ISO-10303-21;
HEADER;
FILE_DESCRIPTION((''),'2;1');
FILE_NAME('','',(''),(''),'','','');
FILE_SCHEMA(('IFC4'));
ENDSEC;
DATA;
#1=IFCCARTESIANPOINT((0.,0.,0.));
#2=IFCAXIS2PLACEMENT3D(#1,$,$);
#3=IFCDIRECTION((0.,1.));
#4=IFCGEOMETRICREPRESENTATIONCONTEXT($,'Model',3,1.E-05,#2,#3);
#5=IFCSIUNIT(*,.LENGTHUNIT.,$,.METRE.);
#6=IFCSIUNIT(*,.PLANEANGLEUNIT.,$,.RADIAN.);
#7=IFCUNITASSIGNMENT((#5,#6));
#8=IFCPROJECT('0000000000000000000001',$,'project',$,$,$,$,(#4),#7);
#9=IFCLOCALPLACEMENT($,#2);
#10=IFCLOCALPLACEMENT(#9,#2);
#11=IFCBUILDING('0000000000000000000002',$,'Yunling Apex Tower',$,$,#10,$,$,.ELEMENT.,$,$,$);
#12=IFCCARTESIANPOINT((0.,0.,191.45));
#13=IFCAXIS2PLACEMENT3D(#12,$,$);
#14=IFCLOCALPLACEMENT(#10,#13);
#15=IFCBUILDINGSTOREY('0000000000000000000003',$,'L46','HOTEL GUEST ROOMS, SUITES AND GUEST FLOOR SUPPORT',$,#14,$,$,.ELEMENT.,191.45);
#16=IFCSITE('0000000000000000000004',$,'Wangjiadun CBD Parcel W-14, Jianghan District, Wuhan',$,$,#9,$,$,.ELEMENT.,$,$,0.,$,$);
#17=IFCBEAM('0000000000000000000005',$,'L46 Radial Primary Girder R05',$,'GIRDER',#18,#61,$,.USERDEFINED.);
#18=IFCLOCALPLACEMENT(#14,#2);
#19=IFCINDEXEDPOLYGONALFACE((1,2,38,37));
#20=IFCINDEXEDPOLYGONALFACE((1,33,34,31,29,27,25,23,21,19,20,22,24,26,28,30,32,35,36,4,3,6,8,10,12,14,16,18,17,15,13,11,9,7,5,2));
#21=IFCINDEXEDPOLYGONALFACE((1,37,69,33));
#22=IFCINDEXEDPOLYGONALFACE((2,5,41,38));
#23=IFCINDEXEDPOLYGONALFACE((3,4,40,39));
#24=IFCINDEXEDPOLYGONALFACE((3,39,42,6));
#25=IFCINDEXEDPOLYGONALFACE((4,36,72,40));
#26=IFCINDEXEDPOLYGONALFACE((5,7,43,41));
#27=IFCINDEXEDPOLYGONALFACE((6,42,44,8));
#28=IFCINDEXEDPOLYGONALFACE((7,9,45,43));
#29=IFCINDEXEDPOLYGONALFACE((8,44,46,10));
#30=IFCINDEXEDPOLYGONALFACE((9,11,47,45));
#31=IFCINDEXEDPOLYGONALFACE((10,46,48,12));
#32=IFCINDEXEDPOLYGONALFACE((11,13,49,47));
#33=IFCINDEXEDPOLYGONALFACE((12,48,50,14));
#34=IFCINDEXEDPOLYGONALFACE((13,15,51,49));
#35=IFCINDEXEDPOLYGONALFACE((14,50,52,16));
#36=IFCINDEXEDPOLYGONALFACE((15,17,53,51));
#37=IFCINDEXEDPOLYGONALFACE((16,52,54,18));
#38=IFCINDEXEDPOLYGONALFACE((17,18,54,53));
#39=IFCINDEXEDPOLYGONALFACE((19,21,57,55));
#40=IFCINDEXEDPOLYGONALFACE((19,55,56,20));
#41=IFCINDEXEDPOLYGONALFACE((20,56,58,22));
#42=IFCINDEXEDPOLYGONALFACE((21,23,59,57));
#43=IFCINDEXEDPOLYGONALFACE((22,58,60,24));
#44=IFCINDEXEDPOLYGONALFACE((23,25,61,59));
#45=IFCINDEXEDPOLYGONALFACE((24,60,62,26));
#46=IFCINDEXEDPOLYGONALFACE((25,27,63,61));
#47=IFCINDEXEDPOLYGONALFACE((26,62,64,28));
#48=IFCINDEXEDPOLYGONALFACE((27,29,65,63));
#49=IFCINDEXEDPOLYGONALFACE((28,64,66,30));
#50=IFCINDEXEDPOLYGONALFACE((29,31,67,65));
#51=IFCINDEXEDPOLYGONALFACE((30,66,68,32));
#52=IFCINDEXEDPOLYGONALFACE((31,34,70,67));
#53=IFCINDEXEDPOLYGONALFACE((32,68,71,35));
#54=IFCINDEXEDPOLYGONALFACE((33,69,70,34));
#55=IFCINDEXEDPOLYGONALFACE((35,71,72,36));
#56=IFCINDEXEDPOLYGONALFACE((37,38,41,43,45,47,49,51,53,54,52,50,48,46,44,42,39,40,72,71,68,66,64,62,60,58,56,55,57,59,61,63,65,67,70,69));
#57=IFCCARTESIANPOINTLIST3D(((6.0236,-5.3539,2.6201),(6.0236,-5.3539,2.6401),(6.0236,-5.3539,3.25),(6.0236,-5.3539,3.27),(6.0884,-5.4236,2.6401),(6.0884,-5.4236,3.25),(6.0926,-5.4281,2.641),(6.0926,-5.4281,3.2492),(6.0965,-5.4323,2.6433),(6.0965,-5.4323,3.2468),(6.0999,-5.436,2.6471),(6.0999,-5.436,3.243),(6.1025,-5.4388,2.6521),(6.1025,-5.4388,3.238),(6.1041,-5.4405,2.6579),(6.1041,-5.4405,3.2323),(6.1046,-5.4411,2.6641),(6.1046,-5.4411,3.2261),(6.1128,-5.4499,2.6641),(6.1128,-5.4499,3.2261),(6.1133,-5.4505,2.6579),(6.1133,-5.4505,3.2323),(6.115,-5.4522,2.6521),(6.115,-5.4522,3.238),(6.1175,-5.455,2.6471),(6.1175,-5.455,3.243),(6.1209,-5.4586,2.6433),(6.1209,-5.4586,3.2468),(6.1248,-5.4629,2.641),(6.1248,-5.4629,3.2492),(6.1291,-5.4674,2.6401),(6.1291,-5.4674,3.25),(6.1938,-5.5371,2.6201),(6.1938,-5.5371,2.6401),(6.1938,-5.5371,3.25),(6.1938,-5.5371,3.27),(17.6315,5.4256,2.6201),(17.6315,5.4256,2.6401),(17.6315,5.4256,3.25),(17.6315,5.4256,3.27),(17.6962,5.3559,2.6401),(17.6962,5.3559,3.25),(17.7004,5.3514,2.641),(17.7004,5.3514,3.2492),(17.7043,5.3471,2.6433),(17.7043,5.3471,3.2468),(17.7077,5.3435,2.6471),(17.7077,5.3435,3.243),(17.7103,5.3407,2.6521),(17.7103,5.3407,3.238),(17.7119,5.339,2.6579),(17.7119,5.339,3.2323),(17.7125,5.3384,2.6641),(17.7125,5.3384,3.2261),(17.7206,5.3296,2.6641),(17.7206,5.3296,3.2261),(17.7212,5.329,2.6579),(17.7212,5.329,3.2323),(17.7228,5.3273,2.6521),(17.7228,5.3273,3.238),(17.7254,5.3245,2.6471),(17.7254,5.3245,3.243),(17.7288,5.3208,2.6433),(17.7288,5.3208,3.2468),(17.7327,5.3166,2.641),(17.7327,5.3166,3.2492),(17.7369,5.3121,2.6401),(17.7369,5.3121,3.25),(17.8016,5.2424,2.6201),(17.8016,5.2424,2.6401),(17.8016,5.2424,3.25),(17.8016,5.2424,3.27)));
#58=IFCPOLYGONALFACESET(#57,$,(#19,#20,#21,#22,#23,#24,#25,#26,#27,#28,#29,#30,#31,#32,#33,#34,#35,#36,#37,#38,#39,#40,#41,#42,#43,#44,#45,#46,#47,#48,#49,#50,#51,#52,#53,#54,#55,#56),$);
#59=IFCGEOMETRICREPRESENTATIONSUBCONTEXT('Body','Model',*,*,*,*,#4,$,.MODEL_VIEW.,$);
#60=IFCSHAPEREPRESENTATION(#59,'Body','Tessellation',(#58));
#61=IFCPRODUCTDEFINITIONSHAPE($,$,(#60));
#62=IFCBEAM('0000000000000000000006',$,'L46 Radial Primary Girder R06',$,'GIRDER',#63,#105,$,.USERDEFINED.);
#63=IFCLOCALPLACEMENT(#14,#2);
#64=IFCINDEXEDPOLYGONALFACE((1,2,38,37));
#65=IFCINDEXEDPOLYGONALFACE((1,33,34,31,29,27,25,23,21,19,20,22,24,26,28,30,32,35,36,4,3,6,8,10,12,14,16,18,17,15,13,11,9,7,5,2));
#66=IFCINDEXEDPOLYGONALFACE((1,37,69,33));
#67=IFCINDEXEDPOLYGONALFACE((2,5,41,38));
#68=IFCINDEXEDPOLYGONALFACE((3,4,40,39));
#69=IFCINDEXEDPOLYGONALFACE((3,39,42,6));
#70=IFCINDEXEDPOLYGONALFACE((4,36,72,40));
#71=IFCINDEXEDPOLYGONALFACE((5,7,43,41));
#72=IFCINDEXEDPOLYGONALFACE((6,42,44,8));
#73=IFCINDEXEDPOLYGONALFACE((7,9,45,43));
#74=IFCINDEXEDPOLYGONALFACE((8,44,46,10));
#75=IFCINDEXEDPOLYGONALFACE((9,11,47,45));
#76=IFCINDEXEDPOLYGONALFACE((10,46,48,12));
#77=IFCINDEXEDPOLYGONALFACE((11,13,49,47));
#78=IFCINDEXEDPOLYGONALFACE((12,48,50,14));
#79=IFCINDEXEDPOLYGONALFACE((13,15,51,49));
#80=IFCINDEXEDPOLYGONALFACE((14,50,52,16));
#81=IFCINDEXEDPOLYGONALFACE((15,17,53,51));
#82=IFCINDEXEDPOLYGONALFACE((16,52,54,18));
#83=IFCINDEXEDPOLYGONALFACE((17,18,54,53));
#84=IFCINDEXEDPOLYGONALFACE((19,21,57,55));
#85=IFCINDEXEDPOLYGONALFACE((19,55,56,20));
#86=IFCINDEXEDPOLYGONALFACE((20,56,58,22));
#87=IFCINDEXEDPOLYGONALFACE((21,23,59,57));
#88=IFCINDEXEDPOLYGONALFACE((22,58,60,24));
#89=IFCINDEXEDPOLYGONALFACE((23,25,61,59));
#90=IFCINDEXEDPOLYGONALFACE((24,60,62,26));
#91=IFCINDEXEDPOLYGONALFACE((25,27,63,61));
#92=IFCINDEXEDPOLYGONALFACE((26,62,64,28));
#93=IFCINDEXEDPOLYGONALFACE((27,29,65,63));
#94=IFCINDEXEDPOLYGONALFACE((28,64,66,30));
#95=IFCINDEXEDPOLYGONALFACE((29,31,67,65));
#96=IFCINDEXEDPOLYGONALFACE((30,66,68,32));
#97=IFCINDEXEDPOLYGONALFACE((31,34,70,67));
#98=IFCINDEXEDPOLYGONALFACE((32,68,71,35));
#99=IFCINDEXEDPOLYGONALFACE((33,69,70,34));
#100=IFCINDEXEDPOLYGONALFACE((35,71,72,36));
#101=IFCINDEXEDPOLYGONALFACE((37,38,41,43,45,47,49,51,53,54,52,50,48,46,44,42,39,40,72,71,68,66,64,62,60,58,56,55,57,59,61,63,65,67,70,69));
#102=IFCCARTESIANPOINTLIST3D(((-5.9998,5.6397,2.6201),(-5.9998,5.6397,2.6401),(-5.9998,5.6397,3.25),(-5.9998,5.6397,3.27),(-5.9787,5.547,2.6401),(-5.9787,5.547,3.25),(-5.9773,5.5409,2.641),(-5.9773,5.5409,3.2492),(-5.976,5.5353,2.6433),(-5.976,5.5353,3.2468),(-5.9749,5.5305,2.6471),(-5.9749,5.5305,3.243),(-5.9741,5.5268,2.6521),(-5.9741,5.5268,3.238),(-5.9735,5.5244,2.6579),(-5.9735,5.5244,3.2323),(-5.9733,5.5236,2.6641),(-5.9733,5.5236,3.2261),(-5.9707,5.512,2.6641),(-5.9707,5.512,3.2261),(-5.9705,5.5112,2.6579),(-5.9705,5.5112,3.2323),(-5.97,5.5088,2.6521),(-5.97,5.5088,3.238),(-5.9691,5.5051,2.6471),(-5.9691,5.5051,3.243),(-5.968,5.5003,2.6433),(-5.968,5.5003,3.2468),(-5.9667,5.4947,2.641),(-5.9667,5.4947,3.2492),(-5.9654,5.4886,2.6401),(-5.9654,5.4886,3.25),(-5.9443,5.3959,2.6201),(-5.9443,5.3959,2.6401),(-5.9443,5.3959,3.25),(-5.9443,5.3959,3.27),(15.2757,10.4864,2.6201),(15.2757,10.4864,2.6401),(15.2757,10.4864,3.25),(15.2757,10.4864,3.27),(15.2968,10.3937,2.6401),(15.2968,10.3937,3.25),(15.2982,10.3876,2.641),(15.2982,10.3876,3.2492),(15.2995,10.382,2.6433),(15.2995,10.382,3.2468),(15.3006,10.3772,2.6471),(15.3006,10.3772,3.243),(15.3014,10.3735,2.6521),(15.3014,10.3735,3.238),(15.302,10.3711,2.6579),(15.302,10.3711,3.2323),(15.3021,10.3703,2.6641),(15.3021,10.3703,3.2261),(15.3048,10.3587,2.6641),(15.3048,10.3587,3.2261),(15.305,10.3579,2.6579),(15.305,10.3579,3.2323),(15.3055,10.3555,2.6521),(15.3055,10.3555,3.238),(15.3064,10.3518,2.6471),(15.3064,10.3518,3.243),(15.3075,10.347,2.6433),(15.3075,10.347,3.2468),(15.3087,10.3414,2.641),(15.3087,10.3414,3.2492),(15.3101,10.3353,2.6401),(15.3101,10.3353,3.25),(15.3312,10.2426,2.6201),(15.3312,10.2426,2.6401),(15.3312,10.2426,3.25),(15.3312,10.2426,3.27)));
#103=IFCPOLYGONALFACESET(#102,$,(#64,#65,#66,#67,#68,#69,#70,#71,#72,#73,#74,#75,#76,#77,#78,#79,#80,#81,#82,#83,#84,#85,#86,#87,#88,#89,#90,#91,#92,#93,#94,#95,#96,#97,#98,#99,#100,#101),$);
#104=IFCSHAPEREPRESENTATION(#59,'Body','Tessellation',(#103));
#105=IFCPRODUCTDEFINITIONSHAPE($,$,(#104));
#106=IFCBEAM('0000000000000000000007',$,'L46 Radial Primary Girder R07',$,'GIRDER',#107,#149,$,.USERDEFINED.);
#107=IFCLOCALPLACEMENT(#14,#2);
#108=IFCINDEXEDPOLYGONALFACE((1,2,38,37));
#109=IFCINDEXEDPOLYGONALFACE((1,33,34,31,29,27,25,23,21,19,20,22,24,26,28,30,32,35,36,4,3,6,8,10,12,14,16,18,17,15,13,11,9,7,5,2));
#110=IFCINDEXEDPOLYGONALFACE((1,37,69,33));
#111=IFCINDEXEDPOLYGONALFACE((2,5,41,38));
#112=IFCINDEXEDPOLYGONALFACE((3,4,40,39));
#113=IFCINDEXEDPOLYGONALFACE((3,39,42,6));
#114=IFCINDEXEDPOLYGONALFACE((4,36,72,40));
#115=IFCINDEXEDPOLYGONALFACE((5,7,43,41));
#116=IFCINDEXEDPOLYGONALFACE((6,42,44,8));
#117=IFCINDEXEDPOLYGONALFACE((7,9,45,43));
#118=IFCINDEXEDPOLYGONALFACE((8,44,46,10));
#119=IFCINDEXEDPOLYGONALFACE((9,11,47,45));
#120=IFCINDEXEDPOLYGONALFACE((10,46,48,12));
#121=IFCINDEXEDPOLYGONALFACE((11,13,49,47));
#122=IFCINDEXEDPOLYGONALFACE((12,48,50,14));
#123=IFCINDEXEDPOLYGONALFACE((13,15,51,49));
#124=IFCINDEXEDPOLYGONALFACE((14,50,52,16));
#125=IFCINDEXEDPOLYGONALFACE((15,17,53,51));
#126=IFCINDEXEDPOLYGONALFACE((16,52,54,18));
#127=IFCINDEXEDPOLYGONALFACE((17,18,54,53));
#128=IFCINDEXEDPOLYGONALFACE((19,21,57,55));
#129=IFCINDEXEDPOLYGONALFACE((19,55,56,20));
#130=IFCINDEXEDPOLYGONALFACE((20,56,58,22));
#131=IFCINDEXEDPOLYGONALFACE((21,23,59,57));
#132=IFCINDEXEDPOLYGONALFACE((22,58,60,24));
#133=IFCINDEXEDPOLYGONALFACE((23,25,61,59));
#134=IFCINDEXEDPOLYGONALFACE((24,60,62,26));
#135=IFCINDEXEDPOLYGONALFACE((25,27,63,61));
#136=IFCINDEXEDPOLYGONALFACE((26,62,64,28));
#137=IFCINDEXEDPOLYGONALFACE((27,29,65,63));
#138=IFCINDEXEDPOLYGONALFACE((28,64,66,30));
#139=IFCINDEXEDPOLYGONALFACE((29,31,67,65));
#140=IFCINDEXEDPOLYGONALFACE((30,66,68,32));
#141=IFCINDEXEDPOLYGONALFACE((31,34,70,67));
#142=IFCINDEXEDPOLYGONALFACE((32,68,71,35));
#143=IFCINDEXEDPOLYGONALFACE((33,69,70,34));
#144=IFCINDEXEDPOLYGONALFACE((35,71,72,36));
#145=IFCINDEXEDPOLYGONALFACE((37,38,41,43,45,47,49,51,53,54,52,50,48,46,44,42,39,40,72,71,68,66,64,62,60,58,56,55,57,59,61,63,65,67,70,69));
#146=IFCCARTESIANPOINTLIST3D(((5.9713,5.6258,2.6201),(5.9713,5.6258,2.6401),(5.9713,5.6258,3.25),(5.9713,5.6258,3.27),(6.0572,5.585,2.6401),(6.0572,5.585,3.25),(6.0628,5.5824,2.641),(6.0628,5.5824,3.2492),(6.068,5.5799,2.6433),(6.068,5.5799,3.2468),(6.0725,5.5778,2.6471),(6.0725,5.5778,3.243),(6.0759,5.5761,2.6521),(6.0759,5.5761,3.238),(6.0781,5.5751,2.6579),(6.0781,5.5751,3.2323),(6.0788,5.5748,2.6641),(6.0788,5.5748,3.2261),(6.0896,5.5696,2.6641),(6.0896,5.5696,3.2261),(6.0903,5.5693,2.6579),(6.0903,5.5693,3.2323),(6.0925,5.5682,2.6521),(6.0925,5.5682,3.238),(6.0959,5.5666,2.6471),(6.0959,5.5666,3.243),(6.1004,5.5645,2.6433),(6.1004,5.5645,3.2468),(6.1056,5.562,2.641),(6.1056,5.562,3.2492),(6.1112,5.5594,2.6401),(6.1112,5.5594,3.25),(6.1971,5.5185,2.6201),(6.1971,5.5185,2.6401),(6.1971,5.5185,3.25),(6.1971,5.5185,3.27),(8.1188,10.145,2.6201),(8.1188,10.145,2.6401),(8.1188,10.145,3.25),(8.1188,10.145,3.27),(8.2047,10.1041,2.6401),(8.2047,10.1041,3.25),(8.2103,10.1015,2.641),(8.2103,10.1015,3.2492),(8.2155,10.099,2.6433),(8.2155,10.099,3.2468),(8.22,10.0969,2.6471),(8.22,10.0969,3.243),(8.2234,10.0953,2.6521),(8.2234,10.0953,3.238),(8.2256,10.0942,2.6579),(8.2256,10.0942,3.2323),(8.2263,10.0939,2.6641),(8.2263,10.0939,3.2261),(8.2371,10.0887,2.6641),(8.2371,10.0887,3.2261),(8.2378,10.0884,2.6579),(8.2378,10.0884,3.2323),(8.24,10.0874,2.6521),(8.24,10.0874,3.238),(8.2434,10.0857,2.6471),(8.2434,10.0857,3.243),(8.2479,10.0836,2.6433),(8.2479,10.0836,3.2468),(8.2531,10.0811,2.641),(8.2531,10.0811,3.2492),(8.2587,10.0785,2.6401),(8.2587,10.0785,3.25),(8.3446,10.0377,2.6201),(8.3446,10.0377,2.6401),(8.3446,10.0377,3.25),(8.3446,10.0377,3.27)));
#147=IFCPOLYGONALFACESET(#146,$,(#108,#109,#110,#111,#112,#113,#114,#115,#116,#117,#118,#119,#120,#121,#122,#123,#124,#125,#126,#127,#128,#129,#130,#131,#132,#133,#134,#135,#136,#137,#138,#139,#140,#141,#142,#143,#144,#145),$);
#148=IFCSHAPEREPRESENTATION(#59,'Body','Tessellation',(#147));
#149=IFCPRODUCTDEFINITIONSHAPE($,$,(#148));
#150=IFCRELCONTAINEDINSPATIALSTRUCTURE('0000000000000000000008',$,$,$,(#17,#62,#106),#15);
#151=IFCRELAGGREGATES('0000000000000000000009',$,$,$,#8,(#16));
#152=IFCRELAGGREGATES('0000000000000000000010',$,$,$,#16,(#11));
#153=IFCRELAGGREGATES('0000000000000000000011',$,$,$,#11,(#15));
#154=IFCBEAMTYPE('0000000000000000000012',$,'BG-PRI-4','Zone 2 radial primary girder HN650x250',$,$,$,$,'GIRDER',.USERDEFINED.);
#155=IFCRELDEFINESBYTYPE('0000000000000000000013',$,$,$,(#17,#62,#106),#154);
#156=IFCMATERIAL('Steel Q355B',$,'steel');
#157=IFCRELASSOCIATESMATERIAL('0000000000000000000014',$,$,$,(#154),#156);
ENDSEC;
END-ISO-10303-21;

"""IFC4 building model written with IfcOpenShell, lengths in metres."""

from ifc_helpers import new_model, si_unit, direction, frame, origin, origin_2d, place, context, subcontext, project, spatial, i_section, extrude, source, transform, mapped, material, material_profile, profile_set, type_object, element, save


model = new_model("IFC4")

# Units and contexts
model_context = context("Model", 3, precision=1e-05, world=origin(), true_north=direction((0.0, 1.0)))
body_context = subcontext(model_context, "Body", "Model", "MODEL_VIEW")
ifc_project = project(units=[si_unit("LENGTHUNIT", "METRE"), si_unit("PLANEANGLEUNIT", "RADIAN")], contexts=[model_context])

# Site, building, storey
site_placement = place(None, origin())
site = spatial("IfcSite", under=ifc_project, at=site_placement, Name="Wangjiadun CBD Parcel W-14, Jianghan District, Wuhan", CompositionType="ELEMENT", RefElevation=0.0)
building_placement = place(site_placement, origin())
building = spatial("IfcBuilding", under=site, at=building_placement, Name="Yunling Apex Tower", CompositionType="ELEMENT")
storey_placement = place(building_placement, frame((0.0, 0.0, 191.45)))
storey = spatial("IfcBuildingStorey", under=building, at=storey_placement, Name="L46", Description="HOTEL GUEST ROOMS, SUITES AND GUEST FLOOR SUPPORT", CompositionType="ELEMENT", Elevation=191.45)

# Beams
ifc_material_1 = material(Name="Steel Q355B", Category="steel")
ifc_material_profile_1 = material_profile(ifc_material_1, i_section(OverallWidth=0.25, OverallDepth=0.6499, WebThickness=0.012, FlangeThickness=0.02, FilletRadius=0.0239, at=origin_2d()))
ifc_profile_set_1 = profile_set([ifc_material_profile_1], Name="Steel Q355B")
beam_type_1 = type_object("IfcBeamType", Name="BG-PRI-4", Description="Zone 2 radial primary girder HN650x250", ElementType="GIRDER", PredefinedType="USERDEFINED", material=ifc_profile_set_1)
shared_shape_1 = source(origin(), body_context, "Body", "SweptSolid", [
    extrude(i_section(OverallWidth=0.25, OverallDepth=0.6499, WebThickness=0.012, FlangeThickness=0.02, FilletRadius=0.0239, at=origin_2d()), origin(), (0.0, 0.0, 1.0), 15.8411),
])
beam_1_placement = place(storey_placement, frame((17.7166, 5.334, 2.9451), z_axis=(-0.732769, -0.680477, 0.0), x_axis=(0.680477, -0.732769, 0.0)))
element("IfcBeam", 1, at=beam_1_placement, inside=storey, type_object=beam_type_1, Name="L46 Radial Primary Girder R05", ObjectType="GIRDER", PredefinedType="USERDEFINED", context=body_context, shape_type="MappedRepresentation", body=[
    mapped(shared_shape_1, transform((0.0, 0.0, 0.0), scale=1.0)),
])
shared_shape_2 = source(origin(), body_context, "Body", "SweptSolid", [
    extrude(i_section(OverallWidth=0.25, OverallDepth=0.6499, WebThickness=0.012, FlangeThickness=0.02, FilletRadius=0.0239, at=origin_2d()), origin(), (0.0, 0.0, 1.0), 21.8206),
])
beam_2_placement = place(storey_placement, frame((15.3035, 10.3645, 2.9451), z_axis=(-0.97502, -0.222116, 0.0), x_axis=(0.222116, -0.97502, 0.0)))
element("IfcBeam", 2, at=beam_2_placement, inside=storey, type_object=beam_type_1, Name="L46 Radial Primary Girder R06", ObjectType="GIRDER", PredefinedType="USERDEFINED", context=body_context, shape_type="MappedRepresentation", body=[
    mapped(shared_shape_2, transform((0.0, 0.0, 0.0), scale=1.0)),
])
shared_shape_3 = source(origin(), body_context, "Body", "SweptSolid", [
    extrude(i_section(OverallWidth=0.25, OverallDepth=0.6499, WebThickness=0.012, FlangeThickness=0.02, FilletRadius=0.0239, at=origin_2d()), origin(), (0.0, 0.0, 1.0), 5.0034),
])
beam_3_placement = place(storey_placement, frame((8.2317, 10.0913, 2.9451), z_axis=(-0.429206, -0.903207, 0.0), x_axis=(0.903207, -0.429206, 0.0)))
element("IfcBeam", 3, at=beam_3_placement, inside=storey, type_object=beam_type_1, Name="L46 Radial Primary Girder R07", ObjectType="GIRDER", PredefinedType="USERDEFINED", context=body_context, shape_type="MappedRepresentation", body=[
    mapped(shared_shape_3, transform((0.0, 0.0, 0.0), scale=1.0)),
])

save(model, "model.ifc")
